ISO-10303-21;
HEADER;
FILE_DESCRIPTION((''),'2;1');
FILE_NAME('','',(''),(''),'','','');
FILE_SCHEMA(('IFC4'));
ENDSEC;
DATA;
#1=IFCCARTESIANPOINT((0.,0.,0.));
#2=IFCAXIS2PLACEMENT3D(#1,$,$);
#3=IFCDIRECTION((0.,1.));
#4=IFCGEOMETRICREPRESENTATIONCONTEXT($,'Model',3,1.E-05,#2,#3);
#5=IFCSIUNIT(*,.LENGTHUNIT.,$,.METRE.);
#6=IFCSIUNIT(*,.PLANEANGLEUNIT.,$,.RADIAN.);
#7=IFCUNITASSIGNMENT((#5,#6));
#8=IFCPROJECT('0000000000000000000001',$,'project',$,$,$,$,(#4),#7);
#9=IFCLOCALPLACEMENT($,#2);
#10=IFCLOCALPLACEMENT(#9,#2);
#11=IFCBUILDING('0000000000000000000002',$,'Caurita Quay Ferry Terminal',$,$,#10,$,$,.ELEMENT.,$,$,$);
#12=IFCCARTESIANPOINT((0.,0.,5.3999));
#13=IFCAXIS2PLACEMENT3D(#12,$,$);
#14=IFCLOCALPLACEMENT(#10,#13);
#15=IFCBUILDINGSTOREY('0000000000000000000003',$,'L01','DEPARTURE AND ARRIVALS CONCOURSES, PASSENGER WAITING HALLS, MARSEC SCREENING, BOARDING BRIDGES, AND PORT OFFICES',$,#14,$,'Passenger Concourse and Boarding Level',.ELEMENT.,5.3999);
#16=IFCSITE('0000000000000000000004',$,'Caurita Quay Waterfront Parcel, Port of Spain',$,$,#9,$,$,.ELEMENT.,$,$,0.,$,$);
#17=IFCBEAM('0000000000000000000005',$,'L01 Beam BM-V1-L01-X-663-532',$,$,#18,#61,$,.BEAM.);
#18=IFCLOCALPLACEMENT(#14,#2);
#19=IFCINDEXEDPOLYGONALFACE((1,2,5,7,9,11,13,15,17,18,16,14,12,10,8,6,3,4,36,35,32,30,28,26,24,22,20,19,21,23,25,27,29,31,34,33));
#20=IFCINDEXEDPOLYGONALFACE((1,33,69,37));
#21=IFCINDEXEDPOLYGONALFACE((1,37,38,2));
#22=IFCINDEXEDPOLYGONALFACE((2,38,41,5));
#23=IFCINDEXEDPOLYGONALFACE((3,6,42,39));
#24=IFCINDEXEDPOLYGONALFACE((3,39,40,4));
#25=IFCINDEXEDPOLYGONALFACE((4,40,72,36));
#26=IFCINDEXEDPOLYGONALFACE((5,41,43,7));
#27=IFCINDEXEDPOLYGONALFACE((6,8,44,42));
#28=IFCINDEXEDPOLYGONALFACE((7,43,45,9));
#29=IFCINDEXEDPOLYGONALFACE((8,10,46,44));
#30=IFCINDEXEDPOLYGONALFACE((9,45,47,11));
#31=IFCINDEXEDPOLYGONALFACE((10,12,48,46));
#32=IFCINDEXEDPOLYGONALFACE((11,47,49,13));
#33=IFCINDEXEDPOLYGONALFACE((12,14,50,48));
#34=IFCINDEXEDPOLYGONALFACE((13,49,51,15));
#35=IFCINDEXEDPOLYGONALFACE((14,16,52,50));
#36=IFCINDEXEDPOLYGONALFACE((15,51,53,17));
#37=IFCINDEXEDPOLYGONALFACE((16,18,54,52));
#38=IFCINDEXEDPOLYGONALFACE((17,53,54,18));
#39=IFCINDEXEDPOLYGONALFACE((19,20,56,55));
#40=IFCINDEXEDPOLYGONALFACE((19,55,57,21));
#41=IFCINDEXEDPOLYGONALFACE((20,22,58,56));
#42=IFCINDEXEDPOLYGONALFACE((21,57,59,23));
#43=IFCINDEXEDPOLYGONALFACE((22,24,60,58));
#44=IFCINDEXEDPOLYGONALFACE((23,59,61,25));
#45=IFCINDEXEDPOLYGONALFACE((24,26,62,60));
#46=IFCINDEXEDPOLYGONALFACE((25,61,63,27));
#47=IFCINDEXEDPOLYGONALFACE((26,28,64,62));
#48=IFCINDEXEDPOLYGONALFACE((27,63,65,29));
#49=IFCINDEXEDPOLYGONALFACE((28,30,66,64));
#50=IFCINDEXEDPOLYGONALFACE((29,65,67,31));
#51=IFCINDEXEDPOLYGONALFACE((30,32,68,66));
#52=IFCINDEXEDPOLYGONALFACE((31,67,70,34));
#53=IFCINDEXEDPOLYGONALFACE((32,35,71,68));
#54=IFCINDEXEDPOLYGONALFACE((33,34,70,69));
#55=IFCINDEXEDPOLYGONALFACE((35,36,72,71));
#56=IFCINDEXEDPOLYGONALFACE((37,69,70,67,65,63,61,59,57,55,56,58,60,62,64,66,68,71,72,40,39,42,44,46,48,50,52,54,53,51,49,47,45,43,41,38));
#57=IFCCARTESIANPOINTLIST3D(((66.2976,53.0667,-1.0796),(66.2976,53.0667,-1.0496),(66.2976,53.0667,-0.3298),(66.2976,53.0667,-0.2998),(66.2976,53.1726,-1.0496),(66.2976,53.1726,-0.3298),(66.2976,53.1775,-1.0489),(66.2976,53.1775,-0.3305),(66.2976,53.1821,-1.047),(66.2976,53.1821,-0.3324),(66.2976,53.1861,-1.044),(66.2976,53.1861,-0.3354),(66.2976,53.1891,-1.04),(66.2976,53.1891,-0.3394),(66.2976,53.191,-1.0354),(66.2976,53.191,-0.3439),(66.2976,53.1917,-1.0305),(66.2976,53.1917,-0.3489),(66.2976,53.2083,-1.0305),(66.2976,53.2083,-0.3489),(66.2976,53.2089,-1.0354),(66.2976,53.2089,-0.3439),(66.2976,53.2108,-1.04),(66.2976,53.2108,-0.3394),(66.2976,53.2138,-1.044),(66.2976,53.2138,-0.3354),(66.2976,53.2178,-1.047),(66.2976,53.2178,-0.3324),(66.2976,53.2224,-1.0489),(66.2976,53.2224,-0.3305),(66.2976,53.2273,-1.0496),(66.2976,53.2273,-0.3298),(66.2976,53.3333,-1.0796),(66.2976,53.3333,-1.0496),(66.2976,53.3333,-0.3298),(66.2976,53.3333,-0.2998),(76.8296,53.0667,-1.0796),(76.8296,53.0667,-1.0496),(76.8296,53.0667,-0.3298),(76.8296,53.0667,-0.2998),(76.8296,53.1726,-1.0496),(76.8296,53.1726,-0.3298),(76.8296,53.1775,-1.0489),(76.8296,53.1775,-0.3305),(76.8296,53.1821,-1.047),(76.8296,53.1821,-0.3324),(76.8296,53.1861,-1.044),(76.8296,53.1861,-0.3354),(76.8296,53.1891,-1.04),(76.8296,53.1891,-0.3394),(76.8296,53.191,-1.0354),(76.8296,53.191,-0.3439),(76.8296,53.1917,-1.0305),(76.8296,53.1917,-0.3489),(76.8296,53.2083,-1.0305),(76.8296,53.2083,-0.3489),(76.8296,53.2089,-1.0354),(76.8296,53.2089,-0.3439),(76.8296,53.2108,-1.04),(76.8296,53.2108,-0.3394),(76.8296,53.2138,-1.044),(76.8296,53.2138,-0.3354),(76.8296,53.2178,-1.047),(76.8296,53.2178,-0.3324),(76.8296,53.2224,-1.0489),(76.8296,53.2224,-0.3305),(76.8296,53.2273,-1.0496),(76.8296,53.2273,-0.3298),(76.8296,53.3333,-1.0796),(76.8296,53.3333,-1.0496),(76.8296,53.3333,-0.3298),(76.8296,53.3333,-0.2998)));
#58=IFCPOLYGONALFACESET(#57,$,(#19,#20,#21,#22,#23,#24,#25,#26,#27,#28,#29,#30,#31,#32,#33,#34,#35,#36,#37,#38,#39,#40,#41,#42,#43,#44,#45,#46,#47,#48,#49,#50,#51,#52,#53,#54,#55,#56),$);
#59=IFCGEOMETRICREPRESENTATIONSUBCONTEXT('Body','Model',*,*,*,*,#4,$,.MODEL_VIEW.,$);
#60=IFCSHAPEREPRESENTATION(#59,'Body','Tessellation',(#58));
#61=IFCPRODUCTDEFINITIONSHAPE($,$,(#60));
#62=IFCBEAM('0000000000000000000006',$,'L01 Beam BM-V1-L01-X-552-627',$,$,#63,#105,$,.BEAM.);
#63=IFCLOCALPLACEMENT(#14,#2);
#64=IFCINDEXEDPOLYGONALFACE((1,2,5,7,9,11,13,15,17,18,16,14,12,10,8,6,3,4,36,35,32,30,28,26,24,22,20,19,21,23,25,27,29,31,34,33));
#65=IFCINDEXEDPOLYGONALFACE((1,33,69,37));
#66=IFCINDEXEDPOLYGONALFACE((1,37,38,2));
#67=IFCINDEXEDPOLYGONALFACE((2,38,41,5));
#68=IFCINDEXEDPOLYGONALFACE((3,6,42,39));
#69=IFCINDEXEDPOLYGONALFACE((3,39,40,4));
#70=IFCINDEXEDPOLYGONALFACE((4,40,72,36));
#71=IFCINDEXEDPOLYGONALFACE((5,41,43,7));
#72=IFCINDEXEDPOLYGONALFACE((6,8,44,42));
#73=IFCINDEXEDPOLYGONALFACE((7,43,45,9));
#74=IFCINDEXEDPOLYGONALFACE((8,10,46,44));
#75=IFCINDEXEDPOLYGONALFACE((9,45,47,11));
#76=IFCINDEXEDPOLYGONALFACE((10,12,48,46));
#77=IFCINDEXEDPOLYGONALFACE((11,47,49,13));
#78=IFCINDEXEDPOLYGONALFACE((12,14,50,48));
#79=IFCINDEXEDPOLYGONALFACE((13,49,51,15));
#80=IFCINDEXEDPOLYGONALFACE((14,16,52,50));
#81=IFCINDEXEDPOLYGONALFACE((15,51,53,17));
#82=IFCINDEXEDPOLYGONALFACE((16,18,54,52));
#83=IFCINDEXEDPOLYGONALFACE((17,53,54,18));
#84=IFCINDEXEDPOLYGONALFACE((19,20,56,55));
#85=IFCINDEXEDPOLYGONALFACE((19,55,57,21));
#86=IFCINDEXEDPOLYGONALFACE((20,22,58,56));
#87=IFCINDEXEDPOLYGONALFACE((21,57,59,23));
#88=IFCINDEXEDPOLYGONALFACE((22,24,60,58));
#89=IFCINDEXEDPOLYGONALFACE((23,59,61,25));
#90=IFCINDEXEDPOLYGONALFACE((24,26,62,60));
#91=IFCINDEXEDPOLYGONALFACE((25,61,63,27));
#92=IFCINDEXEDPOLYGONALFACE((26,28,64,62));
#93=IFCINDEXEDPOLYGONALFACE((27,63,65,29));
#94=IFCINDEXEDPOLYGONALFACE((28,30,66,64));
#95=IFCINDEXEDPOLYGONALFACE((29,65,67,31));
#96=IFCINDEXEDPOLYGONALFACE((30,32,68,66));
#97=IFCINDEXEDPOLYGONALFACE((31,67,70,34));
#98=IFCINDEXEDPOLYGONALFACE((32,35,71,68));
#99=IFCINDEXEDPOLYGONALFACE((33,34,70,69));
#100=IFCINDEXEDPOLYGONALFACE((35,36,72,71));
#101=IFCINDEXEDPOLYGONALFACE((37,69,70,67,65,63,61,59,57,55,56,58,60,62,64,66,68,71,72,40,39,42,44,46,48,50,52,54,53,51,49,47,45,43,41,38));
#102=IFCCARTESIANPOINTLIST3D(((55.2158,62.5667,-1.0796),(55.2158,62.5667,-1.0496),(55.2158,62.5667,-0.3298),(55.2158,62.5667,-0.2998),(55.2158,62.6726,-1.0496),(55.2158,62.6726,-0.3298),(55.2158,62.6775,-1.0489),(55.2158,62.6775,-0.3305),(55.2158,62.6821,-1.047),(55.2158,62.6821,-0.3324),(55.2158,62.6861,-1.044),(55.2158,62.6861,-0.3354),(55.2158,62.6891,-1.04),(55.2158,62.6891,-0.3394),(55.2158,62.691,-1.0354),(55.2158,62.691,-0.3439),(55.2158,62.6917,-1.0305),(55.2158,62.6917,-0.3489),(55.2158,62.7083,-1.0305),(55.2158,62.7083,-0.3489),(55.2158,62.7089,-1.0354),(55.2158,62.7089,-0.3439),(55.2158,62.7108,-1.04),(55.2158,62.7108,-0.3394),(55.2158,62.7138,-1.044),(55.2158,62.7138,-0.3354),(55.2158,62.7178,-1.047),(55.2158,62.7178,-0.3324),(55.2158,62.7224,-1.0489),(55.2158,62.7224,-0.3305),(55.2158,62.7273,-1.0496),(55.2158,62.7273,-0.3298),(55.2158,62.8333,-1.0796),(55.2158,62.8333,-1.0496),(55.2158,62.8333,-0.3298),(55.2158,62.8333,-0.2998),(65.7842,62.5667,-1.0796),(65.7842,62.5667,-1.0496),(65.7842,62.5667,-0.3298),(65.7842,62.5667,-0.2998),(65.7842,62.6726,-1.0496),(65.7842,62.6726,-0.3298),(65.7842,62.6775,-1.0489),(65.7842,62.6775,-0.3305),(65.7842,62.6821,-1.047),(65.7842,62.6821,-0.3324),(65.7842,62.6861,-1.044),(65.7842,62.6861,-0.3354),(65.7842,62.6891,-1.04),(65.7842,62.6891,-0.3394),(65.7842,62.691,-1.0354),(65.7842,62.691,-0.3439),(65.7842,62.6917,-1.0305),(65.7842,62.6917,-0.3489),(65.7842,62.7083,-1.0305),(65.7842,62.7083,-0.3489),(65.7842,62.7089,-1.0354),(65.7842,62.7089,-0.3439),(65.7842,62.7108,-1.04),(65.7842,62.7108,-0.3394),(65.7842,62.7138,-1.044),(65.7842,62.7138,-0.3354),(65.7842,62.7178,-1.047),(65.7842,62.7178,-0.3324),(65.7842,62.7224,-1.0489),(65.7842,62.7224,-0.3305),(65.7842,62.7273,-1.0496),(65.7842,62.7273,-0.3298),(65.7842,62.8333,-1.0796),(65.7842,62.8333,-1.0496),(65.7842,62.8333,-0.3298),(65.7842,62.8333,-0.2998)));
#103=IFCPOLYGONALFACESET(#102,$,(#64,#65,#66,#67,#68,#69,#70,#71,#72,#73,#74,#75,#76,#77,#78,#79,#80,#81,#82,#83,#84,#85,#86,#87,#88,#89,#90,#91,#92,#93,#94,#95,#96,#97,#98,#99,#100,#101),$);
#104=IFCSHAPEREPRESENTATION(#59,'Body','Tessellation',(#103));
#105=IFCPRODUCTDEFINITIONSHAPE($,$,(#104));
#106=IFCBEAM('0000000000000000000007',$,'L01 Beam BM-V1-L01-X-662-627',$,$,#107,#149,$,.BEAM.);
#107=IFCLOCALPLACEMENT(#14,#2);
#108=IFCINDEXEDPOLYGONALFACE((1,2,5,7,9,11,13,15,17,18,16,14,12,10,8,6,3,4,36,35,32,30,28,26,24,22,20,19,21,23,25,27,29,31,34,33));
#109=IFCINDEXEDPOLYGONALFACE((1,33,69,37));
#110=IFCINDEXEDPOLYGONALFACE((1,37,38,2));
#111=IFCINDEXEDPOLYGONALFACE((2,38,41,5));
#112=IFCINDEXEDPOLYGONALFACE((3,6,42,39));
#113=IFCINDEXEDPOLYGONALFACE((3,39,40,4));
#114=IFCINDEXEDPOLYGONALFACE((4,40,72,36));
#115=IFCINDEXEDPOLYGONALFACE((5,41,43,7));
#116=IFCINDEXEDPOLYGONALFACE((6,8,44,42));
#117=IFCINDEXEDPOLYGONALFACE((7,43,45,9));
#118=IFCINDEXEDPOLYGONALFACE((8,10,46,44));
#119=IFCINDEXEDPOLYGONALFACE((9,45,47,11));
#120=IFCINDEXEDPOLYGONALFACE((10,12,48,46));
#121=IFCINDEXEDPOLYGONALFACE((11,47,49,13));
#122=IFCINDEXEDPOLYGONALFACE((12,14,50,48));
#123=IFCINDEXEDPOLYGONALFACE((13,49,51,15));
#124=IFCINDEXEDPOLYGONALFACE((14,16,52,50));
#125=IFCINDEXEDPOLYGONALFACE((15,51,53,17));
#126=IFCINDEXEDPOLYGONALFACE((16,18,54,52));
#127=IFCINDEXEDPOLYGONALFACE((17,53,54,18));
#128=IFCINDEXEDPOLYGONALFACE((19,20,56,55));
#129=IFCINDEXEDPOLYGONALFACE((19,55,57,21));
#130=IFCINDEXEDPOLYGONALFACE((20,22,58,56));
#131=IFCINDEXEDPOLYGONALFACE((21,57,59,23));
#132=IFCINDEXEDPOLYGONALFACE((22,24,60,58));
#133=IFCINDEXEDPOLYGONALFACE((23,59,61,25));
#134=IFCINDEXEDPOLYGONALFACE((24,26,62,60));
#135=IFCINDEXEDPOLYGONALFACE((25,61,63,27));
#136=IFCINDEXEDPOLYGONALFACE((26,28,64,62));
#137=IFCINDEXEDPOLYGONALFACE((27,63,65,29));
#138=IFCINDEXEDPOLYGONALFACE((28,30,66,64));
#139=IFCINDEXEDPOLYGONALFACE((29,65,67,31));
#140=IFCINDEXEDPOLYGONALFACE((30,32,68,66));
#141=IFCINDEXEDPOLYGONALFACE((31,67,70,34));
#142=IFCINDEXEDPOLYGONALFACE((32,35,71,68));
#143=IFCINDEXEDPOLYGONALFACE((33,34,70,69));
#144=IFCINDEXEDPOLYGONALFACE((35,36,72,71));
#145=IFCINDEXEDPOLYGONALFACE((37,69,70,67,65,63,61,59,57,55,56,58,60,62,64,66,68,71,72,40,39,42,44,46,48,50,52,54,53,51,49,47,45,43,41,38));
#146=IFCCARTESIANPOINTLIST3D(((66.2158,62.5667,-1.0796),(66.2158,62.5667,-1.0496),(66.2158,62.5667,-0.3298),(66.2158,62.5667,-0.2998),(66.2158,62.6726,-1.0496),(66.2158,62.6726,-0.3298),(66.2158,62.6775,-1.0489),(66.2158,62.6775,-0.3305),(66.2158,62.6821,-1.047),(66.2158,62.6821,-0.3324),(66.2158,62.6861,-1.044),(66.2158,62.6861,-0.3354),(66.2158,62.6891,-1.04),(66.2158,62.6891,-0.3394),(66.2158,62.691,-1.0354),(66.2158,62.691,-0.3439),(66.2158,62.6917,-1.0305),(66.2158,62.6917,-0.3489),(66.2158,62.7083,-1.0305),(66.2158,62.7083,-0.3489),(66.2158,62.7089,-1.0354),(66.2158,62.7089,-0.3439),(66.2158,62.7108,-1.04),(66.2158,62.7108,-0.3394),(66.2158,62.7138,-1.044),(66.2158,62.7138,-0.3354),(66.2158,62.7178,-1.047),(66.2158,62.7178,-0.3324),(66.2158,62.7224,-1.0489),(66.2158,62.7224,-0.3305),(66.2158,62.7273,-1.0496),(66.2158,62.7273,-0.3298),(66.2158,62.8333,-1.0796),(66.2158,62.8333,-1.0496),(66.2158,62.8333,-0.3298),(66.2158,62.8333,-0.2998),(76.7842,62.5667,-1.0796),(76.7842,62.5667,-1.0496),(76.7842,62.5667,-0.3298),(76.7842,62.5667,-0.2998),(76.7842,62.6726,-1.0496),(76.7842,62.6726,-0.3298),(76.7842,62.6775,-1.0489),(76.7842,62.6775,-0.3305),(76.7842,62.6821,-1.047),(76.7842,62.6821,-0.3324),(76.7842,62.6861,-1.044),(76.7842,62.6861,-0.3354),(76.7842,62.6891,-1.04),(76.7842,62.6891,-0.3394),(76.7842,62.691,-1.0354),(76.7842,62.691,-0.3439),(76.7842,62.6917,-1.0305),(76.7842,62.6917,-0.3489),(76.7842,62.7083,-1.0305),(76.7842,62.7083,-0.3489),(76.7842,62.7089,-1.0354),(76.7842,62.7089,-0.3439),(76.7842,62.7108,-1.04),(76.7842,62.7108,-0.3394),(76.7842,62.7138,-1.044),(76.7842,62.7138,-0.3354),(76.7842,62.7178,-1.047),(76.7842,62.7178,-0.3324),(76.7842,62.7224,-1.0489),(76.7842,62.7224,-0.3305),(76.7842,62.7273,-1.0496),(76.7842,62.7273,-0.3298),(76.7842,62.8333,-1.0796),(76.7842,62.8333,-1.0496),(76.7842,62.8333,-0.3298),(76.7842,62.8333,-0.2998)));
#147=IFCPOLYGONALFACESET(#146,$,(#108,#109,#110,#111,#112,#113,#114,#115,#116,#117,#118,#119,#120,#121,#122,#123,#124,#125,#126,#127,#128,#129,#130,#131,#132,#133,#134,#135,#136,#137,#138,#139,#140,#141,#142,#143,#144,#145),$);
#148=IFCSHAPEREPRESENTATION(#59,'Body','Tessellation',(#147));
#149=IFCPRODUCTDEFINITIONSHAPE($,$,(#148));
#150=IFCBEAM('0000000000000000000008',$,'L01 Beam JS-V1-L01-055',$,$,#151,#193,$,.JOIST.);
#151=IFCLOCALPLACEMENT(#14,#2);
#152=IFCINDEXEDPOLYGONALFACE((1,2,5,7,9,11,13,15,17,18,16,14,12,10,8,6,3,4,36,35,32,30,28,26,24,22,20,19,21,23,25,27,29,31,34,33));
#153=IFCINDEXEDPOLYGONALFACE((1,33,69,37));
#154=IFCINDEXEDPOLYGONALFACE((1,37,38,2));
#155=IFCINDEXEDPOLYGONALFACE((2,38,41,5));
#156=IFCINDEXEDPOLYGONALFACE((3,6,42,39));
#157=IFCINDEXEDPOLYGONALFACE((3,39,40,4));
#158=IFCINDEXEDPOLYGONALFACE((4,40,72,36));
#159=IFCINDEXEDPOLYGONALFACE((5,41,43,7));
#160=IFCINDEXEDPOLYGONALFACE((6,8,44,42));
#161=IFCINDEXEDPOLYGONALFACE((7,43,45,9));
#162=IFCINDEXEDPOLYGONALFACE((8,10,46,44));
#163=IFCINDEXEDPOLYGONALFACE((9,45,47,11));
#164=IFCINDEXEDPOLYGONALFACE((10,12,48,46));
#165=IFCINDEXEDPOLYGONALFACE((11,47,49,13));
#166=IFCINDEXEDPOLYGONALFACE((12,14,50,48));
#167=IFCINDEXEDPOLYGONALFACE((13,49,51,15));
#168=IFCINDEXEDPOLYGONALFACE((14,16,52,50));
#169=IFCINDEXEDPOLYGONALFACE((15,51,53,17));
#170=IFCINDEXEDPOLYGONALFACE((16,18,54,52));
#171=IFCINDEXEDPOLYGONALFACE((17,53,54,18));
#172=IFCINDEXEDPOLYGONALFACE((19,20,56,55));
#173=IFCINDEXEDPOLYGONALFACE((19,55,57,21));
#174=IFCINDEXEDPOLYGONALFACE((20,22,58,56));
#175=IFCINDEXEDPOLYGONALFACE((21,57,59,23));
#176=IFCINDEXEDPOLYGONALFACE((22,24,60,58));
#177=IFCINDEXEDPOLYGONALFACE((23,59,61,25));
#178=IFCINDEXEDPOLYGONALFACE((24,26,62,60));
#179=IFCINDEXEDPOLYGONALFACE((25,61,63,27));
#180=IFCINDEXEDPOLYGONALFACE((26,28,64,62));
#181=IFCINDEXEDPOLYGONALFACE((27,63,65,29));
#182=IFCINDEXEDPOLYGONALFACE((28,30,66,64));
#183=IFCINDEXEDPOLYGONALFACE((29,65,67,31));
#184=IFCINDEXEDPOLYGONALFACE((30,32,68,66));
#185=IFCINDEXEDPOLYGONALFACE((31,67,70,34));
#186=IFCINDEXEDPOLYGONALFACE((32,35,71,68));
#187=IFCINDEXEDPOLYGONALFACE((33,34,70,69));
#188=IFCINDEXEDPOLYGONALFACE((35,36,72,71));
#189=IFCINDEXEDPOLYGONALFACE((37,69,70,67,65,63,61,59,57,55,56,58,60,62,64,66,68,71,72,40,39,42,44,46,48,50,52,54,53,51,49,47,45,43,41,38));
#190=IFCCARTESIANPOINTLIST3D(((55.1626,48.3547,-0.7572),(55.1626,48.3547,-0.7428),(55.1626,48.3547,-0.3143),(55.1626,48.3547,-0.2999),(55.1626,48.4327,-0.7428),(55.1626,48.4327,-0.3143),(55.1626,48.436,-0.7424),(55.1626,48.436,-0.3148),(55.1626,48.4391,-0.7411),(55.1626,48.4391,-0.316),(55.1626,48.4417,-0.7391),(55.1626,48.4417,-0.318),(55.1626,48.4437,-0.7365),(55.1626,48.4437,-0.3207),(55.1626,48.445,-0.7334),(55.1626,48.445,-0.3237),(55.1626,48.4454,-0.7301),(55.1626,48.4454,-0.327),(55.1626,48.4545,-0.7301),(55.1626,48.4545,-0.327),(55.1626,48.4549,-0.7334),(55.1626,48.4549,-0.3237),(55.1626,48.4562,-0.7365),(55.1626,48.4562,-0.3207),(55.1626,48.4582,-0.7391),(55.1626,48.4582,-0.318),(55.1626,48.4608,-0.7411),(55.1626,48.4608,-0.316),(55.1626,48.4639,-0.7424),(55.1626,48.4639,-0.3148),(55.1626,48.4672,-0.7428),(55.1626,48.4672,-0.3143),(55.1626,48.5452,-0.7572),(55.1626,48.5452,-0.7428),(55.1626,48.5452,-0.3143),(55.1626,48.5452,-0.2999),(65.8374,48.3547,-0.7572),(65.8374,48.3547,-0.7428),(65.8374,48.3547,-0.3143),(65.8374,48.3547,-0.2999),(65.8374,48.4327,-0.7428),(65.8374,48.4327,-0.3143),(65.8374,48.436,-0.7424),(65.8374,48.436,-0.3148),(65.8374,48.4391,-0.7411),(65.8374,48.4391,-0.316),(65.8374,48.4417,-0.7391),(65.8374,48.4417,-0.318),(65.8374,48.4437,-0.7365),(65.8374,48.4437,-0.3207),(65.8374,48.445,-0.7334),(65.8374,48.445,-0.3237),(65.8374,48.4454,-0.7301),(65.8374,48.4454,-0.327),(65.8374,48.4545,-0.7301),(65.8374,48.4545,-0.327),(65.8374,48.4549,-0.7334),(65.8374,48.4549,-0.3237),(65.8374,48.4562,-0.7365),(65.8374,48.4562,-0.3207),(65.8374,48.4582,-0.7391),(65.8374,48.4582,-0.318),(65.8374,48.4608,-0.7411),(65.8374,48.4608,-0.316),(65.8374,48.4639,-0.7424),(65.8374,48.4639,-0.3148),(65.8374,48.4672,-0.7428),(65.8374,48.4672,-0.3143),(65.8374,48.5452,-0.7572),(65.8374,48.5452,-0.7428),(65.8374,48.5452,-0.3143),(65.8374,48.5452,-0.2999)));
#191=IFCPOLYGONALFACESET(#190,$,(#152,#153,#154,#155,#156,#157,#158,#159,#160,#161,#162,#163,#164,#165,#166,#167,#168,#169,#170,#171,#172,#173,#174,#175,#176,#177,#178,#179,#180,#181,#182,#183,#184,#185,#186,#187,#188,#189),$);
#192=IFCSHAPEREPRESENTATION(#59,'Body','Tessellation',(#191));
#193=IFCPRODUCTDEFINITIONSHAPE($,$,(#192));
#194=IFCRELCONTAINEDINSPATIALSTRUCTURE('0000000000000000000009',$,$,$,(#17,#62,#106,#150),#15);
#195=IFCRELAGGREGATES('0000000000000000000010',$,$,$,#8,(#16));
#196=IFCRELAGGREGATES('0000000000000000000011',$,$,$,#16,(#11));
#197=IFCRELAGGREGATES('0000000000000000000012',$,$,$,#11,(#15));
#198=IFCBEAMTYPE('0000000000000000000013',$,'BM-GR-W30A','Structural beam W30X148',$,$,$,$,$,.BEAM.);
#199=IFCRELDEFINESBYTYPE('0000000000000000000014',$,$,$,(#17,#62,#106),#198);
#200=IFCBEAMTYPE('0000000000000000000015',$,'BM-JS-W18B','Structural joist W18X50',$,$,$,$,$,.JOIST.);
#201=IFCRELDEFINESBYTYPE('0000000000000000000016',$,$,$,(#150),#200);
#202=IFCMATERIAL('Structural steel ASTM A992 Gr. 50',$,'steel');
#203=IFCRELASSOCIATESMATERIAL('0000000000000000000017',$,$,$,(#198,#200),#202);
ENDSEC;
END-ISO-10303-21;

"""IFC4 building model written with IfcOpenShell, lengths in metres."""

from ifc_helpers import new_model, si_unit, direction, frame, origin, origin_2d, place, context, subcontext, project, spatial, i_section, extrude, material, material_profile, profile_set, type_object, element, save


model = new_model("IFC4")

# Units and contexts
model_context = context("Model", 3, precision=1e-05, world=origin(), true_north=direction((0.0, 1.0)))
body_context = subcontext(model_context, "Body", "Model", "MODEL_VIEW")
ifc_project = project(units=[si_unit("LENGTHUNIT", "METRE"), si_unit("PLANEANGLEUNIT", "RADIAN")], contexts=[model_context])

# Site, building, storey
site_placement = place(None, origin())
site = spatial("IfcSite", under=ifc_project, at=site_placement, Name="Caurita Quay Waterfront Parcel, Port of Spain", CompositionType="ELEMENT", RefElevation=0.0)
building_placement = place(site_placement, origin())
building = spatial("IfcBuilding", under=site, at=building_placement, Name="Caurita Quay Ferry Terminal", CompositionType="ELEMENT")
storey_placement = place(building_placement, frame((0.0, 0.0, 5.3999)))
storey = spatial("IfcBuildingStorey", under=building, at=storey_placement, Name="L01", Description="DEPARTURE AND ARRIVALS CONCOURSES, PASSENGER WAITING HALLS, MARSEC SCREENING, BOARDING BRIDGES, AND PORT OFFICES", LongName="Passenger Concourse and Boarding Level", CompositionType="ELEMENT", Elevation=5.3999)

# Beams
ifc_material_1 = material(Name="Structural steel ASTM A992 Gr. 50", Category="steel")
ifc_material_profile_1 = material_profile(ifc_material_1, i_section(OverallWidth=0.2666, OverallDepth=0.7798, WebThickness=0.0166, FlangeThickness=0.03, FilletRadius=0.019, at=origin_2d()), Name="W30X148")
ifc_profile_set_1 = profile_set([ifc_material_profile_1], Name="Structural steel ASTM A992 Gr. 50")
beam_type_1 = type_object("IfcBeamType", Name="BM-GR-W30A", Description="Structural beam W30X148", PredefinedType="BEAM", material=ifc_profile_set_1)
for number, where, z_axis, x_axis, name in (
    (1, (66.2976, 53.2, -0.6897), (1.0, 0.0, 0.0), (0.0, 1.0, 0.0), "L01 Beam BM-V1-L01-X-663-532"),
):
    element("IfcBeam", number, at=place(storey_placement, frame(where, z_axis=z_axis, x_axis=x_axis)), inside=storey, type_object=beam_type_1, Name=name, PredefinedType="BEAM", context=body_context, shape_type="SweptSolid", body=[
        extrude(i_section(OverallWidth=0.2666, OverallDepth=0.7798, WebThickness=0.0166, FlangeThickness=0.03, FilletRadius=0.019, at=origin_2d()), origin(), (0.0, 0.0, 1.0), 10.532),
    ])
for number, where, z_axis, x_axis, name in (
    (2, (55.2158, 62.7, -0.6897), (1.0, 0.0, 0.0), (0.0, 1.0, 0.0), "L01 Beam BM-V1-L01-X-552-627"),
    (3, (66.2158, 62.7, -0.6897), (1.0, 0.0, 0.0), (0.0, 1.0, 0.0), "L01 Beam BM-V1-L01-X-662-627"),
):
    element("IfcBeam", number, at=place(storey_placement, frame(where, z_axis=z_axis, x_axis=x_axis)), inside=storey, type_object=beam_type_1, Name=name, PredefinedType="BEAM", context=body_context, shape_type="SweptSolid", body=[
        extrude(i_section(OverallWidth=0.2666, OverallDepth=0.7798, WebThickness=0.0166, FlangeThickness=0.03, FilletRadius=0.019, at=origin_2d()), origin(), (0.0, 0.0, 1.0), 10.5684),
    ])
ifc_material_profile_2 = material_profile(ifc_material_1, i_section(OverallWidth=0.1904, OverallDepth=0.4573, WebThickness=0.009, FlangeThickness=0.0144, FilletRadius=0.0127, at=origin_2d()), Name="W18X50")
ifc_profile_set_2 = profile_set([ifc_material_profile_2], Name="Structural steel ASTM A992 Gr. 50")
beam_type_2 = type_object("IfcBeamType", Name="BM-JS-W18B", Description="Structural joist W18X50", PredefinedType="JOIST", material=ifc_profile_set_2)
for number, where, z_axis, x_axis, name in (
    (4, (55.1626, 48.45, -0.5286), (1.0, 0.0, 0.0), (0.0, 1.0, 0.0), "L01 Beam JS-V1-L01-055"),
):
    element("IfcBeam", number, at=place(storey_placement, frame(where, z_axis=z_axis, x_axis=x_axis)), inside=storey, type_object=beam_type_2, Name=name, PredefinedType="JOIST", context=body_context, shape_type="SweptSolid", body=[
        extrude(i_section(OverallWidth=0.1904, OverallDepth=0.4573, WebThickness=0.009, FlangeThickness=0.0144, FilletRadius=0.0127, at=origin_2d()), origin(), (0.0, 0.0, 1.0), 10.6748),
    ])

save(model, "model.ifc")
